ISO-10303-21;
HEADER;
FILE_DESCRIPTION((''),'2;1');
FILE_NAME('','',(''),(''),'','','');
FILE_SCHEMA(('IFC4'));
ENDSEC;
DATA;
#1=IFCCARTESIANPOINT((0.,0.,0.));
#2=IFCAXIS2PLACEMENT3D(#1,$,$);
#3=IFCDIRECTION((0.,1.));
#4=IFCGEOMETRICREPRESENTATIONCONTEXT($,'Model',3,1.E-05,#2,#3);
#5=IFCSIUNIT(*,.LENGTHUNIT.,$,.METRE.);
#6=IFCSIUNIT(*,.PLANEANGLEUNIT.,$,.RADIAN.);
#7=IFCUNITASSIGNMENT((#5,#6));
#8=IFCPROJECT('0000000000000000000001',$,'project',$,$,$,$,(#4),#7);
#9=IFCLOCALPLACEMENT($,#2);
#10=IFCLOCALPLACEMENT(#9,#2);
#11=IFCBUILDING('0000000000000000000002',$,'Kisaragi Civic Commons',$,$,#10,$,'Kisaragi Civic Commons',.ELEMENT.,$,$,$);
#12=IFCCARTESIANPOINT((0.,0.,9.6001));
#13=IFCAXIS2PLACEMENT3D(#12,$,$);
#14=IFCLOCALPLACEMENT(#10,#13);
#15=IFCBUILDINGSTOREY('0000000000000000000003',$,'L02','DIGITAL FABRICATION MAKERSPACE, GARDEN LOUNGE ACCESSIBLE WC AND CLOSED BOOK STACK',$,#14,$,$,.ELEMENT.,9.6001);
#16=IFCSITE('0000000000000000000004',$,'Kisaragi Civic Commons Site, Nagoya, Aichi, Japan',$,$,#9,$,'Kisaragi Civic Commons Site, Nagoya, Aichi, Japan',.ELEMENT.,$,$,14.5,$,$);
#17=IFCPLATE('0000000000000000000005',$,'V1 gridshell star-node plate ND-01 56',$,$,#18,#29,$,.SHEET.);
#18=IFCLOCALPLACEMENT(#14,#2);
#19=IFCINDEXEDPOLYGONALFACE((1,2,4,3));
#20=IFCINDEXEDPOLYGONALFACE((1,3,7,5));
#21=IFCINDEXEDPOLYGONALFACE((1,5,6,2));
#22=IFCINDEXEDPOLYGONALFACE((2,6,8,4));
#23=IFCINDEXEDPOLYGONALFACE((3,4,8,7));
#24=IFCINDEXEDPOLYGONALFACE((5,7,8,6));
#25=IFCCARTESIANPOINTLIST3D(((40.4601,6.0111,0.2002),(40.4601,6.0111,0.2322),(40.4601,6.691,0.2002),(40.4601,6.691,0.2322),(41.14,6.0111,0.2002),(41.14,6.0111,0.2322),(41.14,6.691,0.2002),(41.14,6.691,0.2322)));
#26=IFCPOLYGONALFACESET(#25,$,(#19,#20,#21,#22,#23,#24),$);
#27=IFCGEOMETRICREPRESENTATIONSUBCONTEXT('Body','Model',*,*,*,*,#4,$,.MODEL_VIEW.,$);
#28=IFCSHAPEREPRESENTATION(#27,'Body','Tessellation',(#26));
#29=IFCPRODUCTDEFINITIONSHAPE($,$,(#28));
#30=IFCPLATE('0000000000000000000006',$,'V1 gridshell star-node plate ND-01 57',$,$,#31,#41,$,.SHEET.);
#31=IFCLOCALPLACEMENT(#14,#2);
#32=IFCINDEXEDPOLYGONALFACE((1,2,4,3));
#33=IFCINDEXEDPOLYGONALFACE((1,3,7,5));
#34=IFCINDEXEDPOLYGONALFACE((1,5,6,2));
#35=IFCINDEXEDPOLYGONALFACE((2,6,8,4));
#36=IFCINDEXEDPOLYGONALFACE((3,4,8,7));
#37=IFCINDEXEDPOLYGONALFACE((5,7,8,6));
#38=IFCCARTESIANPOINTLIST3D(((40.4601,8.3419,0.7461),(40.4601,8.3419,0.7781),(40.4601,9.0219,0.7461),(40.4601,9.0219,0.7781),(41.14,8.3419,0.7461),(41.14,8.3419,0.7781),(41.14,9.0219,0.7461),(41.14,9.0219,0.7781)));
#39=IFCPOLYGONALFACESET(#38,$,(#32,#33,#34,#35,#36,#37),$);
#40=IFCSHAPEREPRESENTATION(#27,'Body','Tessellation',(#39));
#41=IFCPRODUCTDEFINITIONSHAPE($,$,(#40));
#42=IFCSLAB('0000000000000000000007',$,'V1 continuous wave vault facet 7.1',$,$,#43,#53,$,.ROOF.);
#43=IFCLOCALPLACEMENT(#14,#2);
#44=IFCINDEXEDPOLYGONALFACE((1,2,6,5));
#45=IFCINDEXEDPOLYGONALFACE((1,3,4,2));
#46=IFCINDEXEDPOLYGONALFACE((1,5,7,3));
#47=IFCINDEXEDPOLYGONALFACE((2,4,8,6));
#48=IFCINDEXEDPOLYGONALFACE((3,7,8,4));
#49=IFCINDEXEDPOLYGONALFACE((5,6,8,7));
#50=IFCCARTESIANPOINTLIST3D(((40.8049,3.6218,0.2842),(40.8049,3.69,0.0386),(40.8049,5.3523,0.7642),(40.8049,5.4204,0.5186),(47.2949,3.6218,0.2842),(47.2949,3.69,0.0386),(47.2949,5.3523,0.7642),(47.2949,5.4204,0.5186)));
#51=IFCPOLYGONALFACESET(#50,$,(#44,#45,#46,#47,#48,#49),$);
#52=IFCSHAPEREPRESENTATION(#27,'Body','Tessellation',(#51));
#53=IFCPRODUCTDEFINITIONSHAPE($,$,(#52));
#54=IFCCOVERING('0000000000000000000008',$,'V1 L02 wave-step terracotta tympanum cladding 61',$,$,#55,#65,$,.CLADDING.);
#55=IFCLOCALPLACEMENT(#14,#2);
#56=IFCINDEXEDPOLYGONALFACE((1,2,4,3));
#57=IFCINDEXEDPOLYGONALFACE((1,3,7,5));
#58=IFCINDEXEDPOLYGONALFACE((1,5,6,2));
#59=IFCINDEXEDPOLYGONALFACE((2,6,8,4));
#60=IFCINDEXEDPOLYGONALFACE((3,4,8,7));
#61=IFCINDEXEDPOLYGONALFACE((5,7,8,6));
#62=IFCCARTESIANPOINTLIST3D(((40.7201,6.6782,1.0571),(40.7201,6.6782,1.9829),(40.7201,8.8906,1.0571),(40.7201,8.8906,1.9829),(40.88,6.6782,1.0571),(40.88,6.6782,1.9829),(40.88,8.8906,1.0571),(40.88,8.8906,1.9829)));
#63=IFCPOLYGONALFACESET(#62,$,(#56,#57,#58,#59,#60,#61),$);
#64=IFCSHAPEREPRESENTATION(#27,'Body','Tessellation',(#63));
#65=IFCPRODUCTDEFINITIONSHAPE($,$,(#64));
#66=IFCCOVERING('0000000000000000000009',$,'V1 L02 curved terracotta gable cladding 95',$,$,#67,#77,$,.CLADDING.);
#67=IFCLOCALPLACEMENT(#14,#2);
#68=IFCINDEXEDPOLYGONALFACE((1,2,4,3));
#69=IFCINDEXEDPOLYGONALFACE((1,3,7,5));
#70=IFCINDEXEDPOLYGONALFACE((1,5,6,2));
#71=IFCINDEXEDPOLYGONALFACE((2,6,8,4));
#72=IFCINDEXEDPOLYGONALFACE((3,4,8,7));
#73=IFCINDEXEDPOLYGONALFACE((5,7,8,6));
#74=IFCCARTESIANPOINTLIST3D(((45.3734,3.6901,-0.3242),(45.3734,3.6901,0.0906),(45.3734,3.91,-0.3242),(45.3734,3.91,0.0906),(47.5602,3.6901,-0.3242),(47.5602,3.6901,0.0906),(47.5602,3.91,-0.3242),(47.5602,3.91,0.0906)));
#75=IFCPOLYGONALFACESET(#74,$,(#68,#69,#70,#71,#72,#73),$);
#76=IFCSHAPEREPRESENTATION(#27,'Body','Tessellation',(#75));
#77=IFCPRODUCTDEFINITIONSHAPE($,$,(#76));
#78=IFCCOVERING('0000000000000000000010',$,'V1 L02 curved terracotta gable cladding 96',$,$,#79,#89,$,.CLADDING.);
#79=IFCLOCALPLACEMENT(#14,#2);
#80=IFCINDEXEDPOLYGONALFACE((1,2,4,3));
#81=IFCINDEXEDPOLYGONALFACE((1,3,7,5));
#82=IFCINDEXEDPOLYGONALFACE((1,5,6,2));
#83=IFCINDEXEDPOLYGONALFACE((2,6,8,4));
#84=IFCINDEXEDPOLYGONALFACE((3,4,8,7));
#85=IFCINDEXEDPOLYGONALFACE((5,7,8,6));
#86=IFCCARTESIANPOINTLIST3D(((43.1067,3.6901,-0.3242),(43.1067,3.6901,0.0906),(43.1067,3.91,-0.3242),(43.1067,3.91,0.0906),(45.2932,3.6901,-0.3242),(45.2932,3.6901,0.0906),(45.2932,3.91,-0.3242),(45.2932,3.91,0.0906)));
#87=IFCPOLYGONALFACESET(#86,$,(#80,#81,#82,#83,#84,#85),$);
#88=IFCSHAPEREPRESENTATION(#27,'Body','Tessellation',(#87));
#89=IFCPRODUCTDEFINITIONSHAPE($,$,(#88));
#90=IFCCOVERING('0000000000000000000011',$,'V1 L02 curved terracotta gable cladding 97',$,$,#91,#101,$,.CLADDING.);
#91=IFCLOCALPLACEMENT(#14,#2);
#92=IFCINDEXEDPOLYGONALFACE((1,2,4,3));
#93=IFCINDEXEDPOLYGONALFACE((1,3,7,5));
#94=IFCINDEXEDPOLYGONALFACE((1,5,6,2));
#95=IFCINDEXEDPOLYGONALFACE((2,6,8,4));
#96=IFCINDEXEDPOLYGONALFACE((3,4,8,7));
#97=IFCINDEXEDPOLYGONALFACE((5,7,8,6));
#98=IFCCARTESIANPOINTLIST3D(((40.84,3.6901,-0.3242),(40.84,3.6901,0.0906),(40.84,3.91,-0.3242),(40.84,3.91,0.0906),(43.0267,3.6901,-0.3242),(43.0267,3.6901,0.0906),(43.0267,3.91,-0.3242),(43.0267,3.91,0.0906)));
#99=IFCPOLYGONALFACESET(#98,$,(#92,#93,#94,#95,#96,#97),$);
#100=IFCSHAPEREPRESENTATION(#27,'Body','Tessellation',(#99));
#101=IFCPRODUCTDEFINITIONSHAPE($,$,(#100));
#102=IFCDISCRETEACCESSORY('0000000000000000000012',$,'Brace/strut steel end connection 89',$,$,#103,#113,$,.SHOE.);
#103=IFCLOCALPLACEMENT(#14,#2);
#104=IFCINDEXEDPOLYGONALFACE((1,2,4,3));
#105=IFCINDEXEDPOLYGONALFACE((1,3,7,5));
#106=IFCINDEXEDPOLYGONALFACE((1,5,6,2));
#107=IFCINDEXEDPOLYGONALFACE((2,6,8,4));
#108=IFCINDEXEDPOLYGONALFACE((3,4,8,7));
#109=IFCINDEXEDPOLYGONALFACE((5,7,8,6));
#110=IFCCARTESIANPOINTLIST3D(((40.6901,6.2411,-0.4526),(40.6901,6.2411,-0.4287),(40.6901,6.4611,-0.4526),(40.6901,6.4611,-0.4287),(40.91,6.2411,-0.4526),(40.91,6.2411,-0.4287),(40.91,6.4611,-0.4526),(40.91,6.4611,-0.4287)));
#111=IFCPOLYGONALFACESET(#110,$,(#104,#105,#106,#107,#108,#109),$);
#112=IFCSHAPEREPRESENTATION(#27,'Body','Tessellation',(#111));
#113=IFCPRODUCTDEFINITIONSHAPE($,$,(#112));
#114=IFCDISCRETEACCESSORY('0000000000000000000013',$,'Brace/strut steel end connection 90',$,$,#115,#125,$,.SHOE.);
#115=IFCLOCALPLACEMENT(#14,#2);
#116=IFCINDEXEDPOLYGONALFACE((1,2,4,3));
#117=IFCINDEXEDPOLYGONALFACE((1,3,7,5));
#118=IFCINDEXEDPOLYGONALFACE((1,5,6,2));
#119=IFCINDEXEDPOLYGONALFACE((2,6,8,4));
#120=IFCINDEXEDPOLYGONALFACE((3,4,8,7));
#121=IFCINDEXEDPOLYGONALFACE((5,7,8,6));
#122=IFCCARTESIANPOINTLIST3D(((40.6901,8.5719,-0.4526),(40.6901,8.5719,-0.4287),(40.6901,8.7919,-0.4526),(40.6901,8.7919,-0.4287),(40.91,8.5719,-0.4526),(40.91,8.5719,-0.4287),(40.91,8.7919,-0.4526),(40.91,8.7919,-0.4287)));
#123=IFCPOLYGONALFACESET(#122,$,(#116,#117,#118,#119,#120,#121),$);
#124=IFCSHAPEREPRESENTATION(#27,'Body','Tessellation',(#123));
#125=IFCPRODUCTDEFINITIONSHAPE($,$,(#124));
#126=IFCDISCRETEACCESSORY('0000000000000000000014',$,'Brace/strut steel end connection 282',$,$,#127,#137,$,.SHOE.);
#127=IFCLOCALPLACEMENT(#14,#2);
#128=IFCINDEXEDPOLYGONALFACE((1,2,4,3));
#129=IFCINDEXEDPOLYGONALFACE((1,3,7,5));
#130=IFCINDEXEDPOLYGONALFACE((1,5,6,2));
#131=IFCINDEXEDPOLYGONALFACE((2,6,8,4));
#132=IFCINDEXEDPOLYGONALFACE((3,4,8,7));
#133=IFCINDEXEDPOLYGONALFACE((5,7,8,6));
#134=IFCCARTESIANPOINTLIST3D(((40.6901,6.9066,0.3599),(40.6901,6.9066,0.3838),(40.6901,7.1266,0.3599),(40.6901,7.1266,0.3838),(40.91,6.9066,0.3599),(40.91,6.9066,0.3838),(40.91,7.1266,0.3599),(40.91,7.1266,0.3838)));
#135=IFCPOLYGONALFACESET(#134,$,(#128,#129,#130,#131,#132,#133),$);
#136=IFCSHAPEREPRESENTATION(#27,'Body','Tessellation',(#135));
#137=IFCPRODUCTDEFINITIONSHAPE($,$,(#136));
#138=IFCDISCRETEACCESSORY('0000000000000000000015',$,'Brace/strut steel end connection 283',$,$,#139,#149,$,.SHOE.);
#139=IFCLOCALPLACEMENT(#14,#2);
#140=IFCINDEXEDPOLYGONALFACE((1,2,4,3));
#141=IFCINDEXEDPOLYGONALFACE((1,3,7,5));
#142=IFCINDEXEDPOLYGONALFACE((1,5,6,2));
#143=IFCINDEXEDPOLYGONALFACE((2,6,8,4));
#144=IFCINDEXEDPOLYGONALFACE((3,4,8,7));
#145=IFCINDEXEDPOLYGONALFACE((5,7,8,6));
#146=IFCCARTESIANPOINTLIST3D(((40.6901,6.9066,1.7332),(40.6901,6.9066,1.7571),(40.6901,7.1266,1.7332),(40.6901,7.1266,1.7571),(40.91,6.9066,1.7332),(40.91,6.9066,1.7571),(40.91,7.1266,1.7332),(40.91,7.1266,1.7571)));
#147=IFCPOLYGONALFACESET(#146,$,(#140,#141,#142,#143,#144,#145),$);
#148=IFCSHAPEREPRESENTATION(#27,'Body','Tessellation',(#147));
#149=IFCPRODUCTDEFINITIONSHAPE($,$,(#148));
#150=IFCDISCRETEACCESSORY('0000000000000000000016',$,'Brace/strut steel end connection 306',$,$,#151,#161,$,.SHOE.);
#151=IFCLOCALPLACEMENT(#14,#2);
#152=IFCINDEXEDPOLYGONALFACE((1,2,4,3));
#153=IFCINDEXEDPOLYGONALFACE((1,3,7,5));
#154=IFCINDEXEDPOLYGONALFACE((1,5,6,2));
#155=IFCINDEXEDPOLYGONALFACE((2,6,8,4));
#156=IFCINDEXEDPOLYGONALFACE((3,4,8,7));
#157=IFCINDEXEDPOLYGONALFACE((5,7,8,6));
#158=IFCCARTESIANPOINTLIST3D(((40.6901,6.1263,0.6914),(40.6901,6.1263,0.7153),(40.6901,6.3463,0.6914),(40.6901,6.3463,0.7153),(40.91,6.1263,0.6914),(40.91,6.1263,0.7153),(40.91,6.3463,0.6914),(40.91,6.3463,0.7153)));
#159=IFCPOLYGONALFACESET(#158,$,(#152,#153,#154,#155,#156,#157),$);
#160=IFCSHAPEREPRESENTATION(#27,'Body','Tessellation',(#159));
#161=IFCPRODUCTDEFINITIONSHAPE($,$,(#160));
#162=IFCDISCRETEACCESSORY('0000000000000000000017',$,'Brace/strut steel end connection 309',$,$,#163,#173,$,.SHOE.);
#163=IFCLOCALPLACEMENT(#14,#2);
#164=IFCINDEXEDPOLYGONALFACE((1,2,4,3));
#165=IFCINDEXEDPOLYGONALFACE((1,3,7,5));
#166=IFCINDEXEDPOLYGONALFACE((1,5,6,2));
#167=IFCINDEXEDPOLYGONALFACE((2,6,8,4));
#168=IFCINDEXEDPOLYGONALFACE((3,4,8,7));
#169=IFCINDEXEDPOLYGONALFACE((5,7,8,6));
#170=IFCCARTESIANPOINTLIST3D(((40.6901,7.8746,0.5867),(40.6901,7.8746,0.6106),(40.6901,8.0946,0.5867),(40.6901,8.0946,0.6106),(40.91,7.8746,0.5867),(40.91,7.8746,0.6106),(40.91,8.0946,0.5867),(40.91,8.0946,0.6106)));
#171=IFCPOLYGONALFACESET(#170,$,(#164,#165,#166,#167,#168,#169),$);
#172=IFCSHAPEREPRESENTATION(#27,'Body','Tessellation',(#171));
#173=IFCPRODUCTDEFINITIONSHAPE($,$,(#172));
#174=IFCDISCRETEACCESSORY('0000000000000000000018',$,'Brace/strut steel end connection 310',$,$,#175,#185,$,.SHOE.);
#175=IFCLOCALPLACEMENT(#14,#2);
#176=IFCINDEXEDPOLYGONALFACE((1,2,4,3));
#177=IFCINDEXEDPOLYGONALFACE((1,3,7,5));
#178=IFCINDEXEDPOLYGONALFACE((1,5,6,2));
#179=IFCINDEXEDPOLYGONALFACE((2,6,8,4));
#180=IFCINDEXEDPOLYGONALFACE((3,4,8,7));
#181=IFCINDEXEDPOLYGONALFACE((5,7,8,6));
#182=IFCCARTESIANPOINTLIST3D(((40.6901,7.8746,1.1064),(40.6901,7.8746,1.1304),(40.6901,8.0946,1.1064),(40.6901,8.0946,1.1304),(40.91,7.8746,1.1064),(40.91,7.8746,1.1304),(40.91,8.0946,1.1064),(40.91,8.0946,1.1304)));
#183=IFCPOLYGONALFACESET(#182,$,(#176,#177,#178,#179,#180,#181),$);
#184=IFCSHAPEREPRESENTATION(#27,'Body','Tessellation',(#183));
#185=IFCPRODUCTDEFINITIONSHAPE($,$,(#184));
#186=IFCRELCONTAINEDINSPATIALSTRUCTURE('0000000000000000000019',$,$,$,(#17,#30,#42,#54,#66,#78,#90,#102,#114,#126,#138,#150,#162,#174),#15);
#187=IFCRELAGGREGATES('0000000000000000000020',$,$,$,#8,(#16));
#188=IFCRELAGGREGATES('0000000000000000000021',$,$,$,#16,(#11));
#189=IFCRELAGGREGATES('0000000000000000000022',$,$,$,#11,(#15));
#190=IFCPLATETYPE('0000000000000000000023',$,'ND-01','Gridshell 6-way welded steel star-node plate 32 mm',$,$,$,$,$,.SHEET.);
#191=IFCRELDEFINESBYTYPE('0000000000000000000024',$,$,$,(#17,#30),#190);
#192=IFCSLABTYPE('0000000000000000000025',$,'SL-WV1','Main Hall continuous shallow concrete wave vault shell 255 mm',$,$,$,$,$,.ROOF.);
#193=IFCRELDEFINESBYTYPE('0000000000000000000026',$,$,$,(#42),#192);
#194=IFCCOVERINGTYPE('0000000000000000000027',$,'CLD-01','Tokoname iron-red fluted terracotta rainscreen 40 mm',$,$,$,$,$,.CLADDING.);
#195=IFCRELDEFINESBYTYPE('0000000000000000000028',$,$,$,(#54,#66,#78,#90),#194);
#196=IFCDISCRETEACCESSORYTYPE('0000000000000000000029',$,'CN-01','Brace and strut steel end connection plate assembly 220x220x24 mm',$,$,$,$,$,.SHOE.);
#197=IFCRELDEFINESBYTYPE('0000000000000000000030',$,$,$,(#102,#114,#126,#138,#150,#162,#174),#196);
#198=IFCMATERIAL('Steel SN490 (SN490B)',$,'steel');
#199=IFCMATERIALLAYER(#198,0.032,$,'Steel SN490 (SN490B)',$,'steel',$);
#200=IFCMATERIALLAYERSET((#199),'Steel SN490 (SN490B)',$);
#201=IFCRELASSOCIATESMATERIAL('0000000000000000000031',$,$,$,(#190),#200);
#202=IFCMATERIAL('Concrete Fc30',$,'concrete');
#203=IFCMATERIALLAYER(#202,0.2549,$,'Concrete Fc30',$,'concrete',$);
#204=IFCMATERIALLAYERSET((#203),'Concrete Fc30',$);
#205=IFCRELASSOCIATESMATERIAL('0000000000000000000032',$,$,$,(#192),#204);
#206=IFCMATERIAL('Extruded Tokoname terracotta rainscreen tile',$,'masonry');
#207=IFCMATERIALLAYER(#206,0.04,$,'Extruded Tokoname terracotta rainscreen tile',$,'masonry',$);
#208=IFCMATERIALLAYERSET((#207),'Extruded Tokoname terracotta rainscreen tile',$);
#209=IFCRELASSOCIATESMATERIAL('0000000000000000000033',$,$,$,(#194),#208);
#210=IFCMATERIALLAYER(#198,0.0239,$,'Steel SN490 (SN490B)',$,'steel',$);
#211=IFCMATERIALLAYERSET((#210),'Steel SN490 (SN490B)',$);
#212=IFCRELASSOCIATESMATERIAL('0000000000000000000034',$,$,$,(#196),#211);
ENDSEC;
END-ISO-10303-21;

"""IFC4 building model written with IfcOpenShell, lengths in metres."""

from ifc_helpers import new_model, si_unit, direction, frame, origin, origin_2d, place, context, subcontext, project, spatial, polyline, rectangle, outline, extrude, material, layer, layer_set, type_object, element, save


model = new_model("IFC4")

# Units and contexts
model_context = context("Model", 3, precision=1e-05, world=origin(), true_north=direction((0.0, 1.0)))
body_context = subcontext(model_context, "Body", "Model", "MODEL_VIEW")
ifc_project = project(units=[si_unit("LENGTHUNIT", "METRE"), si_unit("PLANEANGLEUNIT", "RADIAN")], contexts=[model_context])

# Site, building, storey
site_placement = place(None, origin())
site = spatial("IfcSite", under=ifc_project, at=site_placement, Name="Kisaragi Civic Commons Site, Nagoya, Aichi, Japan", LongName="Kisaragi Civic Commons Site, Nagoya, Aichi, Japan", CompositionType="ELEMENT", RefElevation=14.5)
building_placement = place(site_placement, origin())
building = spatial("IfcBuilding", under=site, at=building_placement, Name="Kisaragi Civic Commons", LongName="Kisaragi Civic Commons", CompositionType="ELEMENT")
storey_placement = place(building_placement, frame((0.0, 0.0, 9.6001)))
storey = spatial("IfcBuildingStorey", under=building, at=storey_placement, Name="L02", Description="DIGITAL FABRICATION MAKERSPACE, GARDEN LOUNGE ACCESSIBLE WC AND CLOSED BOOK STACK", CompositionType="ELEMENT", Elevation=9.6001)

# Shared definitions
ifc_material_1 = material(Name="Steel SN490 (SN490B)", Category="steel")

# Plates
ifc_layer_1 = layer(ifc_material_1, 0.032, Name="Steel SN490 (SN490B)", Category="steel")
ifc_layer_set_1 = layer_set([ifc_layer_1], Name="Steel SN490 (SN490B)")
plate_type_1 = type_object("IfcPlateType", Name="ND-01", Description="Gridshell 6-way welded steel star-node plate 32 mm", PredefinedType="SHEET", material=ifc_layer_set_1)
for number, where, z_axis, x_axis, name in (
    (1, (40.8, 6.3511, 0.2002), (0.0, 0.0, 1.0), (1.0, 0.0, 0.0), "V1 gridshell star-node plate ND-01 56"),
    (2, (40.8, 8.6819, 0.7461), (0.0, 0.0, 1.0), (1.0, 0.0, 0.0), "V1 gridshell star-node plate ND-01 57"),
):
    element("IfcPlate", number, at=place(storey_placement, frame(where, z_axis=z_axis, x_axis=x_axis)), inside=storey, type_object=plate_type_1, Name=name, PredefinedType="SHEET", context=body_context, shape_type="SweptSolid", body=[
        extrude(rectangle(XDim=0.6799, YDim=0.6799, at=origin_2d()), origin(), (0.0, 0.0, 1.0), 0.032),
    ])

# Slab
ifc_material_2 = material(Name="Concrete Fc30", Category="concrete")
ifc_layer_2 = layer(ifc_material_2, 0.2549, Name="Concrete Fc30", Category="concrete")
ifc_layer_set_2 = layer_set([ifc_layer_2], Name="Concrete Fc30")
slab_type = type_object("IfcSlabType", Name="SL-WV1", Description="Main Hall continuous shallow concrete wave vault shell 255 mm", PredefinedType="ROOF", material=ifc_layer_set_2)
slab_placement = place(storey_placement, frame((47.2949, 5.3523, 0.7642), z_axis=(0.0, -0.267279, 0.963619), x_axis=(-1.0, 0.0, 0.0)))
element("IfcSlab", 3, at=slab_placement, inside=storey, type_object=slab_type, Name="V1 continuous wave vault facet 7.1", PredefinedType="ROOF", context=body_context, shape_type="SweptSolid", body=[
    extrude(outline(polyline([(0.0, 0.0), (6.49, 0.0), (6.49, 1.7958), (0.0, 1.7958), (0.0, 0.0)])), origin(), (0.0, 0.0, -1.0), 0.2549),
])

# Coverings
ifc_material_3 = material(Name="Extruded Tokoname terracotta rainscreen tile", Category="masonry")
ifc_layer_3 = layer(ifc_material_3, 0.04, Name="Extruded Tokoname terracotta rainscreen tile", Category="masonry")
ifc_layer_set_3 = layer_set([ifc_layer_3], Name="Extruded Tokoname terracotta rainscreen tile")
covering_type = type_object("IfcCoveringType", Name="CLD-01", Description="Tokoname iron-red fluted terracotta rainscreen 40 mm", PredefinedType="CLADDING", material=ifc_layer_set_3)
covering_1_placement = place(storey_placement, frame((40.8, 7.7844, 1.0571), z_axis=(0.0, 0.0, 1.0), x_axis=(0.0, 1.0, 0.0)))
element("IfcCovering", 4, at=covering_1_placement, inside=storey, type_object=covering_type, Name="V1 L02 wave-step terracotta tympanum cladding 61", PredefinedType="CLADDING", context=body_context, shape_type="SweptSolid", body=[
    extrude(rectangle(XDim=2.2124, YDim=0.1599, at=origin_2d()), origin(), (0.0, 0.0, 1.0), 0.9258),
])
covering_2_placement = place(storey_placement, frame((46.4668, 3.8, -0.3242), z_axis=(0.0, 0.0, 1.0), x_axis=(-1.0, 0.0, 0.0)))
element("IfcCovering", 5, at=covering_2_placement, inside=storey, type_object=covering_type, Name="V1 L02 curved terracotta gable cladding 95", PredefinedType="CLADDING", context=body_context, shape_type="SweptSolid", body=[
    extrude(rectangle(XDim=2.1868, YDim=0.22, at=origin_2d()), origin(), (0.0, 0.0, 1.0), 0.4148),
])
covering_3_placement = place(storey_placement, frame((44.2, 3.8, -0.3242), z_axis=(0.0, 0.0, 1.0), x_axis=(-1.0, 0.0, 0.0)))
element("IfcCovering", 6, at=covering_3_placement, inside=storey, type_object=covering_type, Name="V1 L02 curved terracotta gable cladding 96", PredefinedType="CLADDING", context=body_context, shape_type="SweptSolid", body=[
    extrude(rectangle(XDim=2.1865, YDim=0.22, at=origin_2d()), origin(), (0.0, 0.0, 1.0), 0.4148),
])
covering_4_placement = place(storey_placement, frame((41.9333, 3.8, -0.3242), z_axis=(0.0, 0.0, 1.0), x_axis=(-1.0, 0.0, 0.0)))
element("IfcCovering", 7, at=covering_4_placement, inside=storey, type_object=covering_type, Name="V1 L02 curved terracotta gable cladding 97", PredefinedType="CLADDING", context=body_context, shape_type="SweptSolid", body=[
    extrude(rectangle(XDim=2.1868, YDim=0.22, at=origin_2d()), origin(), (0.0, 0.0, 1.0), 0.4148),
])

# Discrete accessories
ifc_layer_4 = layer(ifc_material_1, 0.0239, Name="Steel SN490 (SN490B)", Category="steel")
ifc_layer_set_4 = layer_set([ifc_layer_4], Name="Steel SN490 (SN490B)")
discrete_accessory_type = type_object("IfcDiscreteAccessoryType", Name="CN-01", Description="Brace and strut steel end connection plate assembly 220x220x24 mm", PredefinedType="SHOE", material=ifc_layer_set_4)
for number, where, z_axis, x_axis, name in (
    (8, (40.8, 6.3511, -0.4526), (0.0, 0.0, 1.0), (1.0, 0.0, 0.0), "Brace/strut steel end connection 89"),
    (9, (40.8, 8.6819, -0.4526), (0.0, 0.0, 1.0), (1.0, 0.0, 0.0), "Brace/strut steel end connection 90"),
    (10, (40.8, 7.0166, 0.3599), (0.0, 0.0, 1.0), (1.0, 0.0, 0.0), "Brace/strut steel end connection 282"),
    (11, (40.8, 7.0166, 1.7332), (0.0, 0.0, 1.0), (1.0, 0.0, 0.0), "Brace/strut steel end connection 283"),
    (12, (40.8, 6.2363, 0.6914), (0.0, 0.0, 1.0), (1.0, 0.0, 0.0), "Brace/strut steel end connection 306"),
    (13, (40.8, 7.9846, 0.5867), (0.0, 0.0, 1.0), (1.0, 0.0, 0.0), "Brace/strut steel end connection 309"),
    (14, (40.8, 7.9846, 1.1064), (0.0, 0.0, 1.0), (1.0, 0.0, 0.0), "Brace/strut steel end connection 310"),
):
    element("IfcDiscreteAccessory", number, at=place(storey_placement, frame(where, z_axis=z_axis, x_axis=x_axis)), inside=storey, type_object=discrete_accessory_type, Name=name, PredefinedType="SHOE", context=body_context, shape_type="SweptSolid", body=[
        extrude(rectangle(XDim=0.22, YDim=0.22, at=origin_2d()), origin(), (0.0, 0.0, 1.0), 0.0239),
    ])

save(model, "model.ifc")
